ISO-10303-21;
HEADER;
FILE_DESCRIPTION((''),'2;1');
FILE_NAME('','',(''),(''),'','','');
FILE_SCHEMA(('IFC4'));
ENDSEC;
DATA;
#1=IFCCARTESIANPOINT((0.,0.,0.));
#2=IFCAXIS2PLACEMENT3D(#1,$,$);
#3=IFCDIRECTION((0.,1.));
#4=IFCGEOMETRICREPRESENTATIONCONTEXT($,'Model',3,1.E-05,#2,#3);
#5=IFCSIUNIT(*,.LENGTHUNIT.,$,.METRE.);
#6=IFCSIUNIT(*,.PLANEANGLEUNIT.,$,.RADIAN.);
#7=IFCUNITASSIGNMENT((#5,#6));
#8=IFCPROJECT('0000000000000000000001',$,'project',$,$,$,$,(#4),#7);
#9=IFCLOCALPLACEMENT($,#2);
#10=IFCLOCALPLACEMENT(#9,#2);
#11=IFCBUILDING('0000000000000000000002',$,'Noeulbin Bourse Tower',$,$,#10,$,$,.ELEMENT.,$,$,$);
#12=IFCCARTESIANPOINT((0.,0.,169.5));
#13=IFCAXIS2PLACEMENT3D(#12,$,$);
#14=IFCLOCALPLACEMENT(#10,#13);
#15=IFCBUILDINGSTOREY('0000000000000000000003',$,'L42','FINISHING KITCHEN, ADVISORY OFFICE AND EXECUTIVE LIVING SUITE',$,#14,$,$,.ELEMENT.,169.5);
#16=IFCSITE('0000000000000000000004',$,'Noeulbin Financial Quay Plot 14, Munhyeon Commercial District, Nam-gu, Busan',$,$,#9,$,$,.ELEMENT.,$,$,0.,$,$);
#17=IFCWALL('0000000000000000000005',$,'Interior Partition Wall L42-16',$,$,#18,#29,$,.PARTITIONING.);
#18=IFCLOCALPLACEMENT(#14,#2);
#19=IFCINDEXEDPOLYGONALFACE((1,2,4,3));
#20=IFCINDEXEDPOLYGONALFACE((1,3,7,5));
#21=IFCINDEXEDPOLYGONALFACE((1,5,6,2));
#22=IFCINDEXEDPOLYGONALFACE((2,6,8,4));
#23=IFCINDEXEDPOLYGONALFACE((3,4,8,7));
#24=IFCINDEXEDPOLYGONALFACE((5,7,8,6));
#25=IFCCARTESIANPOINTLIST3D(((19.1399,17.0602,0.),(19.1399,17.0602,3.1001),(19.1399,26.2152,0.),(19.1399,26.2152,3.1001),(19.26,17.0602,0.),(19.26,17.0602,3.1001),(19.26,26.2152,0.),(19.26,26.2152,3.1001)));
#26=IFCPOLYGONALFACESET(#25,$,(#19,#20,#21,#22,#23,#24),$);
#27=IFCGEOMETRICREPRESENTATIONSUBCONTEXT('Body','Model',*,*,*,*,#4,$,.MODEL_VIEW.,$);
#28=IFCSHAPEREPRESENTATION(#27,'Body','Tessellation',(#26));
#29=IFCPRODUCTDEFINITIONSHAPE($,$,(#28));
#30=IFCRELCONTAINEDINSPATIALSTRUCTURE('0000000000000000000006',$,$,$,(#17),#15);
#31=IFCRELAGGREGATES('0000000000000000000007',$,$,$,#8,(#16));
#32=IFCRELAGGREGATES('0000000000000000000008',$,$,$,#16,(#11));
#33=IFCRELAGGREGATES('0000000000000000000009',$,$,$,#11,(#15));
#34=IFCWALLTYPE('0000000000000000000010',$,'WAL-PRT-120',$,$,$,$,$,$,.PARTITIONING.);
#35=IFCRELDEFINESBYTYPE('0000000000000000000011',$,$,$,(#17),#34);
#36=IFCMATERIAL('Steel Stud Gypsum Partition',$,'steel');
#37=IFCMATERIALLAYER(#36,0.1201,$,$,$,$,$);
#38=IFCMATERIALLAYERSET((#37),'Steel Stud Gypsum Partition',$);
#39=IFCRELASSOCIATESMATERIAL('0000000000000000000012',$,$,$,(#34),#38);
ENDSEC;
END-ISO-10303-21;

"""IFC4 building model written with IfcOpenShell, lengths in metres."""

from ifc_helpers import new_model, si_unit, direction, frame, frame_2d, origin, place, context, subcontext, project, spatial, rectangle, extrude, material, layer, layer_set, type_object, element, save


model = new_model("IFC4")

# Units and contexts
model_context = context("Model", 3, precision=1e-05, world=origin(), true_north=direction((0.0, 1.0)))
body_context = subcontext(model_context, "Body", "Model", "MODEL_VIEW")
ifc_project = project(units=[si_unit("LENGTHUNIT", "METRE"), si_unit("PLANEANGLEUNIT", "RADIAN")], contexts=[model_context])

# Site, building, storey
site_placement = place(None, origin())
site = spatial("IfcSite", under=ifc_project, at=site_placement, Name="Noeulbin Financial Quay Plot 14, Munhyeon Commercial District, Nam-gu, Busan", CompositionType="ELEMENT", RefElevation=0.0)
building_placement = place(site_placement, origin())
building = spatial("IfcBuilding", under=site, at=building_placement, Name="Noeulbin Bourse Tower", CompositionType="ELEMENT")
storey_placement = place(building_placement, frame((0.0, 0.0, 169.5)))
storey = spatial("IfcBuildingStorey", under=building, at=storey_placement, Name="L42", Description="FINISHING KITCHEN, ADVISORY OFFICE AND EXECUTIVE LIVING SUITE", CompositionType="ELEMENT", Elevation=169.5)

# Wall
ifc_material_1 = material(Name="Steel Stud Gypsum Partition", Category="steel")
ifc_layer_1 = layer(ifc_material_1, 0.1201)
ifc_layer_set_1 = layer_set([ifc_layer_1], Name="Steel Stud Gypsum Partition")
wall_type = type_object("IfcWallType", Name="WAL-PRT-120", PredefinedType="PARTITIONING", material=ifc_layer_set_1)
wall_placement = place(storey_placement, frame((19.2, 17.0601, 0.0), z_axis=(0.0, 0.0, 1.0), x_axis=(0.0, 1.0, 0.0)))
element("IfcWall", 1, at=wall_placement, inside=storey, type_object=wall_type, Name="Interior Partition Wall L42-16", PredefinedType="PARTITIONING", context=body_context, shape_type="SweptSolid", body=[
    extrude(rectangle(XDim=9.155, YDim=0.1201, at=frame_2d((4.5776, 0.0))), origin(), (0.0, 0.0, 1.0), 3.1001),
])

save(model, "model.ifc")
